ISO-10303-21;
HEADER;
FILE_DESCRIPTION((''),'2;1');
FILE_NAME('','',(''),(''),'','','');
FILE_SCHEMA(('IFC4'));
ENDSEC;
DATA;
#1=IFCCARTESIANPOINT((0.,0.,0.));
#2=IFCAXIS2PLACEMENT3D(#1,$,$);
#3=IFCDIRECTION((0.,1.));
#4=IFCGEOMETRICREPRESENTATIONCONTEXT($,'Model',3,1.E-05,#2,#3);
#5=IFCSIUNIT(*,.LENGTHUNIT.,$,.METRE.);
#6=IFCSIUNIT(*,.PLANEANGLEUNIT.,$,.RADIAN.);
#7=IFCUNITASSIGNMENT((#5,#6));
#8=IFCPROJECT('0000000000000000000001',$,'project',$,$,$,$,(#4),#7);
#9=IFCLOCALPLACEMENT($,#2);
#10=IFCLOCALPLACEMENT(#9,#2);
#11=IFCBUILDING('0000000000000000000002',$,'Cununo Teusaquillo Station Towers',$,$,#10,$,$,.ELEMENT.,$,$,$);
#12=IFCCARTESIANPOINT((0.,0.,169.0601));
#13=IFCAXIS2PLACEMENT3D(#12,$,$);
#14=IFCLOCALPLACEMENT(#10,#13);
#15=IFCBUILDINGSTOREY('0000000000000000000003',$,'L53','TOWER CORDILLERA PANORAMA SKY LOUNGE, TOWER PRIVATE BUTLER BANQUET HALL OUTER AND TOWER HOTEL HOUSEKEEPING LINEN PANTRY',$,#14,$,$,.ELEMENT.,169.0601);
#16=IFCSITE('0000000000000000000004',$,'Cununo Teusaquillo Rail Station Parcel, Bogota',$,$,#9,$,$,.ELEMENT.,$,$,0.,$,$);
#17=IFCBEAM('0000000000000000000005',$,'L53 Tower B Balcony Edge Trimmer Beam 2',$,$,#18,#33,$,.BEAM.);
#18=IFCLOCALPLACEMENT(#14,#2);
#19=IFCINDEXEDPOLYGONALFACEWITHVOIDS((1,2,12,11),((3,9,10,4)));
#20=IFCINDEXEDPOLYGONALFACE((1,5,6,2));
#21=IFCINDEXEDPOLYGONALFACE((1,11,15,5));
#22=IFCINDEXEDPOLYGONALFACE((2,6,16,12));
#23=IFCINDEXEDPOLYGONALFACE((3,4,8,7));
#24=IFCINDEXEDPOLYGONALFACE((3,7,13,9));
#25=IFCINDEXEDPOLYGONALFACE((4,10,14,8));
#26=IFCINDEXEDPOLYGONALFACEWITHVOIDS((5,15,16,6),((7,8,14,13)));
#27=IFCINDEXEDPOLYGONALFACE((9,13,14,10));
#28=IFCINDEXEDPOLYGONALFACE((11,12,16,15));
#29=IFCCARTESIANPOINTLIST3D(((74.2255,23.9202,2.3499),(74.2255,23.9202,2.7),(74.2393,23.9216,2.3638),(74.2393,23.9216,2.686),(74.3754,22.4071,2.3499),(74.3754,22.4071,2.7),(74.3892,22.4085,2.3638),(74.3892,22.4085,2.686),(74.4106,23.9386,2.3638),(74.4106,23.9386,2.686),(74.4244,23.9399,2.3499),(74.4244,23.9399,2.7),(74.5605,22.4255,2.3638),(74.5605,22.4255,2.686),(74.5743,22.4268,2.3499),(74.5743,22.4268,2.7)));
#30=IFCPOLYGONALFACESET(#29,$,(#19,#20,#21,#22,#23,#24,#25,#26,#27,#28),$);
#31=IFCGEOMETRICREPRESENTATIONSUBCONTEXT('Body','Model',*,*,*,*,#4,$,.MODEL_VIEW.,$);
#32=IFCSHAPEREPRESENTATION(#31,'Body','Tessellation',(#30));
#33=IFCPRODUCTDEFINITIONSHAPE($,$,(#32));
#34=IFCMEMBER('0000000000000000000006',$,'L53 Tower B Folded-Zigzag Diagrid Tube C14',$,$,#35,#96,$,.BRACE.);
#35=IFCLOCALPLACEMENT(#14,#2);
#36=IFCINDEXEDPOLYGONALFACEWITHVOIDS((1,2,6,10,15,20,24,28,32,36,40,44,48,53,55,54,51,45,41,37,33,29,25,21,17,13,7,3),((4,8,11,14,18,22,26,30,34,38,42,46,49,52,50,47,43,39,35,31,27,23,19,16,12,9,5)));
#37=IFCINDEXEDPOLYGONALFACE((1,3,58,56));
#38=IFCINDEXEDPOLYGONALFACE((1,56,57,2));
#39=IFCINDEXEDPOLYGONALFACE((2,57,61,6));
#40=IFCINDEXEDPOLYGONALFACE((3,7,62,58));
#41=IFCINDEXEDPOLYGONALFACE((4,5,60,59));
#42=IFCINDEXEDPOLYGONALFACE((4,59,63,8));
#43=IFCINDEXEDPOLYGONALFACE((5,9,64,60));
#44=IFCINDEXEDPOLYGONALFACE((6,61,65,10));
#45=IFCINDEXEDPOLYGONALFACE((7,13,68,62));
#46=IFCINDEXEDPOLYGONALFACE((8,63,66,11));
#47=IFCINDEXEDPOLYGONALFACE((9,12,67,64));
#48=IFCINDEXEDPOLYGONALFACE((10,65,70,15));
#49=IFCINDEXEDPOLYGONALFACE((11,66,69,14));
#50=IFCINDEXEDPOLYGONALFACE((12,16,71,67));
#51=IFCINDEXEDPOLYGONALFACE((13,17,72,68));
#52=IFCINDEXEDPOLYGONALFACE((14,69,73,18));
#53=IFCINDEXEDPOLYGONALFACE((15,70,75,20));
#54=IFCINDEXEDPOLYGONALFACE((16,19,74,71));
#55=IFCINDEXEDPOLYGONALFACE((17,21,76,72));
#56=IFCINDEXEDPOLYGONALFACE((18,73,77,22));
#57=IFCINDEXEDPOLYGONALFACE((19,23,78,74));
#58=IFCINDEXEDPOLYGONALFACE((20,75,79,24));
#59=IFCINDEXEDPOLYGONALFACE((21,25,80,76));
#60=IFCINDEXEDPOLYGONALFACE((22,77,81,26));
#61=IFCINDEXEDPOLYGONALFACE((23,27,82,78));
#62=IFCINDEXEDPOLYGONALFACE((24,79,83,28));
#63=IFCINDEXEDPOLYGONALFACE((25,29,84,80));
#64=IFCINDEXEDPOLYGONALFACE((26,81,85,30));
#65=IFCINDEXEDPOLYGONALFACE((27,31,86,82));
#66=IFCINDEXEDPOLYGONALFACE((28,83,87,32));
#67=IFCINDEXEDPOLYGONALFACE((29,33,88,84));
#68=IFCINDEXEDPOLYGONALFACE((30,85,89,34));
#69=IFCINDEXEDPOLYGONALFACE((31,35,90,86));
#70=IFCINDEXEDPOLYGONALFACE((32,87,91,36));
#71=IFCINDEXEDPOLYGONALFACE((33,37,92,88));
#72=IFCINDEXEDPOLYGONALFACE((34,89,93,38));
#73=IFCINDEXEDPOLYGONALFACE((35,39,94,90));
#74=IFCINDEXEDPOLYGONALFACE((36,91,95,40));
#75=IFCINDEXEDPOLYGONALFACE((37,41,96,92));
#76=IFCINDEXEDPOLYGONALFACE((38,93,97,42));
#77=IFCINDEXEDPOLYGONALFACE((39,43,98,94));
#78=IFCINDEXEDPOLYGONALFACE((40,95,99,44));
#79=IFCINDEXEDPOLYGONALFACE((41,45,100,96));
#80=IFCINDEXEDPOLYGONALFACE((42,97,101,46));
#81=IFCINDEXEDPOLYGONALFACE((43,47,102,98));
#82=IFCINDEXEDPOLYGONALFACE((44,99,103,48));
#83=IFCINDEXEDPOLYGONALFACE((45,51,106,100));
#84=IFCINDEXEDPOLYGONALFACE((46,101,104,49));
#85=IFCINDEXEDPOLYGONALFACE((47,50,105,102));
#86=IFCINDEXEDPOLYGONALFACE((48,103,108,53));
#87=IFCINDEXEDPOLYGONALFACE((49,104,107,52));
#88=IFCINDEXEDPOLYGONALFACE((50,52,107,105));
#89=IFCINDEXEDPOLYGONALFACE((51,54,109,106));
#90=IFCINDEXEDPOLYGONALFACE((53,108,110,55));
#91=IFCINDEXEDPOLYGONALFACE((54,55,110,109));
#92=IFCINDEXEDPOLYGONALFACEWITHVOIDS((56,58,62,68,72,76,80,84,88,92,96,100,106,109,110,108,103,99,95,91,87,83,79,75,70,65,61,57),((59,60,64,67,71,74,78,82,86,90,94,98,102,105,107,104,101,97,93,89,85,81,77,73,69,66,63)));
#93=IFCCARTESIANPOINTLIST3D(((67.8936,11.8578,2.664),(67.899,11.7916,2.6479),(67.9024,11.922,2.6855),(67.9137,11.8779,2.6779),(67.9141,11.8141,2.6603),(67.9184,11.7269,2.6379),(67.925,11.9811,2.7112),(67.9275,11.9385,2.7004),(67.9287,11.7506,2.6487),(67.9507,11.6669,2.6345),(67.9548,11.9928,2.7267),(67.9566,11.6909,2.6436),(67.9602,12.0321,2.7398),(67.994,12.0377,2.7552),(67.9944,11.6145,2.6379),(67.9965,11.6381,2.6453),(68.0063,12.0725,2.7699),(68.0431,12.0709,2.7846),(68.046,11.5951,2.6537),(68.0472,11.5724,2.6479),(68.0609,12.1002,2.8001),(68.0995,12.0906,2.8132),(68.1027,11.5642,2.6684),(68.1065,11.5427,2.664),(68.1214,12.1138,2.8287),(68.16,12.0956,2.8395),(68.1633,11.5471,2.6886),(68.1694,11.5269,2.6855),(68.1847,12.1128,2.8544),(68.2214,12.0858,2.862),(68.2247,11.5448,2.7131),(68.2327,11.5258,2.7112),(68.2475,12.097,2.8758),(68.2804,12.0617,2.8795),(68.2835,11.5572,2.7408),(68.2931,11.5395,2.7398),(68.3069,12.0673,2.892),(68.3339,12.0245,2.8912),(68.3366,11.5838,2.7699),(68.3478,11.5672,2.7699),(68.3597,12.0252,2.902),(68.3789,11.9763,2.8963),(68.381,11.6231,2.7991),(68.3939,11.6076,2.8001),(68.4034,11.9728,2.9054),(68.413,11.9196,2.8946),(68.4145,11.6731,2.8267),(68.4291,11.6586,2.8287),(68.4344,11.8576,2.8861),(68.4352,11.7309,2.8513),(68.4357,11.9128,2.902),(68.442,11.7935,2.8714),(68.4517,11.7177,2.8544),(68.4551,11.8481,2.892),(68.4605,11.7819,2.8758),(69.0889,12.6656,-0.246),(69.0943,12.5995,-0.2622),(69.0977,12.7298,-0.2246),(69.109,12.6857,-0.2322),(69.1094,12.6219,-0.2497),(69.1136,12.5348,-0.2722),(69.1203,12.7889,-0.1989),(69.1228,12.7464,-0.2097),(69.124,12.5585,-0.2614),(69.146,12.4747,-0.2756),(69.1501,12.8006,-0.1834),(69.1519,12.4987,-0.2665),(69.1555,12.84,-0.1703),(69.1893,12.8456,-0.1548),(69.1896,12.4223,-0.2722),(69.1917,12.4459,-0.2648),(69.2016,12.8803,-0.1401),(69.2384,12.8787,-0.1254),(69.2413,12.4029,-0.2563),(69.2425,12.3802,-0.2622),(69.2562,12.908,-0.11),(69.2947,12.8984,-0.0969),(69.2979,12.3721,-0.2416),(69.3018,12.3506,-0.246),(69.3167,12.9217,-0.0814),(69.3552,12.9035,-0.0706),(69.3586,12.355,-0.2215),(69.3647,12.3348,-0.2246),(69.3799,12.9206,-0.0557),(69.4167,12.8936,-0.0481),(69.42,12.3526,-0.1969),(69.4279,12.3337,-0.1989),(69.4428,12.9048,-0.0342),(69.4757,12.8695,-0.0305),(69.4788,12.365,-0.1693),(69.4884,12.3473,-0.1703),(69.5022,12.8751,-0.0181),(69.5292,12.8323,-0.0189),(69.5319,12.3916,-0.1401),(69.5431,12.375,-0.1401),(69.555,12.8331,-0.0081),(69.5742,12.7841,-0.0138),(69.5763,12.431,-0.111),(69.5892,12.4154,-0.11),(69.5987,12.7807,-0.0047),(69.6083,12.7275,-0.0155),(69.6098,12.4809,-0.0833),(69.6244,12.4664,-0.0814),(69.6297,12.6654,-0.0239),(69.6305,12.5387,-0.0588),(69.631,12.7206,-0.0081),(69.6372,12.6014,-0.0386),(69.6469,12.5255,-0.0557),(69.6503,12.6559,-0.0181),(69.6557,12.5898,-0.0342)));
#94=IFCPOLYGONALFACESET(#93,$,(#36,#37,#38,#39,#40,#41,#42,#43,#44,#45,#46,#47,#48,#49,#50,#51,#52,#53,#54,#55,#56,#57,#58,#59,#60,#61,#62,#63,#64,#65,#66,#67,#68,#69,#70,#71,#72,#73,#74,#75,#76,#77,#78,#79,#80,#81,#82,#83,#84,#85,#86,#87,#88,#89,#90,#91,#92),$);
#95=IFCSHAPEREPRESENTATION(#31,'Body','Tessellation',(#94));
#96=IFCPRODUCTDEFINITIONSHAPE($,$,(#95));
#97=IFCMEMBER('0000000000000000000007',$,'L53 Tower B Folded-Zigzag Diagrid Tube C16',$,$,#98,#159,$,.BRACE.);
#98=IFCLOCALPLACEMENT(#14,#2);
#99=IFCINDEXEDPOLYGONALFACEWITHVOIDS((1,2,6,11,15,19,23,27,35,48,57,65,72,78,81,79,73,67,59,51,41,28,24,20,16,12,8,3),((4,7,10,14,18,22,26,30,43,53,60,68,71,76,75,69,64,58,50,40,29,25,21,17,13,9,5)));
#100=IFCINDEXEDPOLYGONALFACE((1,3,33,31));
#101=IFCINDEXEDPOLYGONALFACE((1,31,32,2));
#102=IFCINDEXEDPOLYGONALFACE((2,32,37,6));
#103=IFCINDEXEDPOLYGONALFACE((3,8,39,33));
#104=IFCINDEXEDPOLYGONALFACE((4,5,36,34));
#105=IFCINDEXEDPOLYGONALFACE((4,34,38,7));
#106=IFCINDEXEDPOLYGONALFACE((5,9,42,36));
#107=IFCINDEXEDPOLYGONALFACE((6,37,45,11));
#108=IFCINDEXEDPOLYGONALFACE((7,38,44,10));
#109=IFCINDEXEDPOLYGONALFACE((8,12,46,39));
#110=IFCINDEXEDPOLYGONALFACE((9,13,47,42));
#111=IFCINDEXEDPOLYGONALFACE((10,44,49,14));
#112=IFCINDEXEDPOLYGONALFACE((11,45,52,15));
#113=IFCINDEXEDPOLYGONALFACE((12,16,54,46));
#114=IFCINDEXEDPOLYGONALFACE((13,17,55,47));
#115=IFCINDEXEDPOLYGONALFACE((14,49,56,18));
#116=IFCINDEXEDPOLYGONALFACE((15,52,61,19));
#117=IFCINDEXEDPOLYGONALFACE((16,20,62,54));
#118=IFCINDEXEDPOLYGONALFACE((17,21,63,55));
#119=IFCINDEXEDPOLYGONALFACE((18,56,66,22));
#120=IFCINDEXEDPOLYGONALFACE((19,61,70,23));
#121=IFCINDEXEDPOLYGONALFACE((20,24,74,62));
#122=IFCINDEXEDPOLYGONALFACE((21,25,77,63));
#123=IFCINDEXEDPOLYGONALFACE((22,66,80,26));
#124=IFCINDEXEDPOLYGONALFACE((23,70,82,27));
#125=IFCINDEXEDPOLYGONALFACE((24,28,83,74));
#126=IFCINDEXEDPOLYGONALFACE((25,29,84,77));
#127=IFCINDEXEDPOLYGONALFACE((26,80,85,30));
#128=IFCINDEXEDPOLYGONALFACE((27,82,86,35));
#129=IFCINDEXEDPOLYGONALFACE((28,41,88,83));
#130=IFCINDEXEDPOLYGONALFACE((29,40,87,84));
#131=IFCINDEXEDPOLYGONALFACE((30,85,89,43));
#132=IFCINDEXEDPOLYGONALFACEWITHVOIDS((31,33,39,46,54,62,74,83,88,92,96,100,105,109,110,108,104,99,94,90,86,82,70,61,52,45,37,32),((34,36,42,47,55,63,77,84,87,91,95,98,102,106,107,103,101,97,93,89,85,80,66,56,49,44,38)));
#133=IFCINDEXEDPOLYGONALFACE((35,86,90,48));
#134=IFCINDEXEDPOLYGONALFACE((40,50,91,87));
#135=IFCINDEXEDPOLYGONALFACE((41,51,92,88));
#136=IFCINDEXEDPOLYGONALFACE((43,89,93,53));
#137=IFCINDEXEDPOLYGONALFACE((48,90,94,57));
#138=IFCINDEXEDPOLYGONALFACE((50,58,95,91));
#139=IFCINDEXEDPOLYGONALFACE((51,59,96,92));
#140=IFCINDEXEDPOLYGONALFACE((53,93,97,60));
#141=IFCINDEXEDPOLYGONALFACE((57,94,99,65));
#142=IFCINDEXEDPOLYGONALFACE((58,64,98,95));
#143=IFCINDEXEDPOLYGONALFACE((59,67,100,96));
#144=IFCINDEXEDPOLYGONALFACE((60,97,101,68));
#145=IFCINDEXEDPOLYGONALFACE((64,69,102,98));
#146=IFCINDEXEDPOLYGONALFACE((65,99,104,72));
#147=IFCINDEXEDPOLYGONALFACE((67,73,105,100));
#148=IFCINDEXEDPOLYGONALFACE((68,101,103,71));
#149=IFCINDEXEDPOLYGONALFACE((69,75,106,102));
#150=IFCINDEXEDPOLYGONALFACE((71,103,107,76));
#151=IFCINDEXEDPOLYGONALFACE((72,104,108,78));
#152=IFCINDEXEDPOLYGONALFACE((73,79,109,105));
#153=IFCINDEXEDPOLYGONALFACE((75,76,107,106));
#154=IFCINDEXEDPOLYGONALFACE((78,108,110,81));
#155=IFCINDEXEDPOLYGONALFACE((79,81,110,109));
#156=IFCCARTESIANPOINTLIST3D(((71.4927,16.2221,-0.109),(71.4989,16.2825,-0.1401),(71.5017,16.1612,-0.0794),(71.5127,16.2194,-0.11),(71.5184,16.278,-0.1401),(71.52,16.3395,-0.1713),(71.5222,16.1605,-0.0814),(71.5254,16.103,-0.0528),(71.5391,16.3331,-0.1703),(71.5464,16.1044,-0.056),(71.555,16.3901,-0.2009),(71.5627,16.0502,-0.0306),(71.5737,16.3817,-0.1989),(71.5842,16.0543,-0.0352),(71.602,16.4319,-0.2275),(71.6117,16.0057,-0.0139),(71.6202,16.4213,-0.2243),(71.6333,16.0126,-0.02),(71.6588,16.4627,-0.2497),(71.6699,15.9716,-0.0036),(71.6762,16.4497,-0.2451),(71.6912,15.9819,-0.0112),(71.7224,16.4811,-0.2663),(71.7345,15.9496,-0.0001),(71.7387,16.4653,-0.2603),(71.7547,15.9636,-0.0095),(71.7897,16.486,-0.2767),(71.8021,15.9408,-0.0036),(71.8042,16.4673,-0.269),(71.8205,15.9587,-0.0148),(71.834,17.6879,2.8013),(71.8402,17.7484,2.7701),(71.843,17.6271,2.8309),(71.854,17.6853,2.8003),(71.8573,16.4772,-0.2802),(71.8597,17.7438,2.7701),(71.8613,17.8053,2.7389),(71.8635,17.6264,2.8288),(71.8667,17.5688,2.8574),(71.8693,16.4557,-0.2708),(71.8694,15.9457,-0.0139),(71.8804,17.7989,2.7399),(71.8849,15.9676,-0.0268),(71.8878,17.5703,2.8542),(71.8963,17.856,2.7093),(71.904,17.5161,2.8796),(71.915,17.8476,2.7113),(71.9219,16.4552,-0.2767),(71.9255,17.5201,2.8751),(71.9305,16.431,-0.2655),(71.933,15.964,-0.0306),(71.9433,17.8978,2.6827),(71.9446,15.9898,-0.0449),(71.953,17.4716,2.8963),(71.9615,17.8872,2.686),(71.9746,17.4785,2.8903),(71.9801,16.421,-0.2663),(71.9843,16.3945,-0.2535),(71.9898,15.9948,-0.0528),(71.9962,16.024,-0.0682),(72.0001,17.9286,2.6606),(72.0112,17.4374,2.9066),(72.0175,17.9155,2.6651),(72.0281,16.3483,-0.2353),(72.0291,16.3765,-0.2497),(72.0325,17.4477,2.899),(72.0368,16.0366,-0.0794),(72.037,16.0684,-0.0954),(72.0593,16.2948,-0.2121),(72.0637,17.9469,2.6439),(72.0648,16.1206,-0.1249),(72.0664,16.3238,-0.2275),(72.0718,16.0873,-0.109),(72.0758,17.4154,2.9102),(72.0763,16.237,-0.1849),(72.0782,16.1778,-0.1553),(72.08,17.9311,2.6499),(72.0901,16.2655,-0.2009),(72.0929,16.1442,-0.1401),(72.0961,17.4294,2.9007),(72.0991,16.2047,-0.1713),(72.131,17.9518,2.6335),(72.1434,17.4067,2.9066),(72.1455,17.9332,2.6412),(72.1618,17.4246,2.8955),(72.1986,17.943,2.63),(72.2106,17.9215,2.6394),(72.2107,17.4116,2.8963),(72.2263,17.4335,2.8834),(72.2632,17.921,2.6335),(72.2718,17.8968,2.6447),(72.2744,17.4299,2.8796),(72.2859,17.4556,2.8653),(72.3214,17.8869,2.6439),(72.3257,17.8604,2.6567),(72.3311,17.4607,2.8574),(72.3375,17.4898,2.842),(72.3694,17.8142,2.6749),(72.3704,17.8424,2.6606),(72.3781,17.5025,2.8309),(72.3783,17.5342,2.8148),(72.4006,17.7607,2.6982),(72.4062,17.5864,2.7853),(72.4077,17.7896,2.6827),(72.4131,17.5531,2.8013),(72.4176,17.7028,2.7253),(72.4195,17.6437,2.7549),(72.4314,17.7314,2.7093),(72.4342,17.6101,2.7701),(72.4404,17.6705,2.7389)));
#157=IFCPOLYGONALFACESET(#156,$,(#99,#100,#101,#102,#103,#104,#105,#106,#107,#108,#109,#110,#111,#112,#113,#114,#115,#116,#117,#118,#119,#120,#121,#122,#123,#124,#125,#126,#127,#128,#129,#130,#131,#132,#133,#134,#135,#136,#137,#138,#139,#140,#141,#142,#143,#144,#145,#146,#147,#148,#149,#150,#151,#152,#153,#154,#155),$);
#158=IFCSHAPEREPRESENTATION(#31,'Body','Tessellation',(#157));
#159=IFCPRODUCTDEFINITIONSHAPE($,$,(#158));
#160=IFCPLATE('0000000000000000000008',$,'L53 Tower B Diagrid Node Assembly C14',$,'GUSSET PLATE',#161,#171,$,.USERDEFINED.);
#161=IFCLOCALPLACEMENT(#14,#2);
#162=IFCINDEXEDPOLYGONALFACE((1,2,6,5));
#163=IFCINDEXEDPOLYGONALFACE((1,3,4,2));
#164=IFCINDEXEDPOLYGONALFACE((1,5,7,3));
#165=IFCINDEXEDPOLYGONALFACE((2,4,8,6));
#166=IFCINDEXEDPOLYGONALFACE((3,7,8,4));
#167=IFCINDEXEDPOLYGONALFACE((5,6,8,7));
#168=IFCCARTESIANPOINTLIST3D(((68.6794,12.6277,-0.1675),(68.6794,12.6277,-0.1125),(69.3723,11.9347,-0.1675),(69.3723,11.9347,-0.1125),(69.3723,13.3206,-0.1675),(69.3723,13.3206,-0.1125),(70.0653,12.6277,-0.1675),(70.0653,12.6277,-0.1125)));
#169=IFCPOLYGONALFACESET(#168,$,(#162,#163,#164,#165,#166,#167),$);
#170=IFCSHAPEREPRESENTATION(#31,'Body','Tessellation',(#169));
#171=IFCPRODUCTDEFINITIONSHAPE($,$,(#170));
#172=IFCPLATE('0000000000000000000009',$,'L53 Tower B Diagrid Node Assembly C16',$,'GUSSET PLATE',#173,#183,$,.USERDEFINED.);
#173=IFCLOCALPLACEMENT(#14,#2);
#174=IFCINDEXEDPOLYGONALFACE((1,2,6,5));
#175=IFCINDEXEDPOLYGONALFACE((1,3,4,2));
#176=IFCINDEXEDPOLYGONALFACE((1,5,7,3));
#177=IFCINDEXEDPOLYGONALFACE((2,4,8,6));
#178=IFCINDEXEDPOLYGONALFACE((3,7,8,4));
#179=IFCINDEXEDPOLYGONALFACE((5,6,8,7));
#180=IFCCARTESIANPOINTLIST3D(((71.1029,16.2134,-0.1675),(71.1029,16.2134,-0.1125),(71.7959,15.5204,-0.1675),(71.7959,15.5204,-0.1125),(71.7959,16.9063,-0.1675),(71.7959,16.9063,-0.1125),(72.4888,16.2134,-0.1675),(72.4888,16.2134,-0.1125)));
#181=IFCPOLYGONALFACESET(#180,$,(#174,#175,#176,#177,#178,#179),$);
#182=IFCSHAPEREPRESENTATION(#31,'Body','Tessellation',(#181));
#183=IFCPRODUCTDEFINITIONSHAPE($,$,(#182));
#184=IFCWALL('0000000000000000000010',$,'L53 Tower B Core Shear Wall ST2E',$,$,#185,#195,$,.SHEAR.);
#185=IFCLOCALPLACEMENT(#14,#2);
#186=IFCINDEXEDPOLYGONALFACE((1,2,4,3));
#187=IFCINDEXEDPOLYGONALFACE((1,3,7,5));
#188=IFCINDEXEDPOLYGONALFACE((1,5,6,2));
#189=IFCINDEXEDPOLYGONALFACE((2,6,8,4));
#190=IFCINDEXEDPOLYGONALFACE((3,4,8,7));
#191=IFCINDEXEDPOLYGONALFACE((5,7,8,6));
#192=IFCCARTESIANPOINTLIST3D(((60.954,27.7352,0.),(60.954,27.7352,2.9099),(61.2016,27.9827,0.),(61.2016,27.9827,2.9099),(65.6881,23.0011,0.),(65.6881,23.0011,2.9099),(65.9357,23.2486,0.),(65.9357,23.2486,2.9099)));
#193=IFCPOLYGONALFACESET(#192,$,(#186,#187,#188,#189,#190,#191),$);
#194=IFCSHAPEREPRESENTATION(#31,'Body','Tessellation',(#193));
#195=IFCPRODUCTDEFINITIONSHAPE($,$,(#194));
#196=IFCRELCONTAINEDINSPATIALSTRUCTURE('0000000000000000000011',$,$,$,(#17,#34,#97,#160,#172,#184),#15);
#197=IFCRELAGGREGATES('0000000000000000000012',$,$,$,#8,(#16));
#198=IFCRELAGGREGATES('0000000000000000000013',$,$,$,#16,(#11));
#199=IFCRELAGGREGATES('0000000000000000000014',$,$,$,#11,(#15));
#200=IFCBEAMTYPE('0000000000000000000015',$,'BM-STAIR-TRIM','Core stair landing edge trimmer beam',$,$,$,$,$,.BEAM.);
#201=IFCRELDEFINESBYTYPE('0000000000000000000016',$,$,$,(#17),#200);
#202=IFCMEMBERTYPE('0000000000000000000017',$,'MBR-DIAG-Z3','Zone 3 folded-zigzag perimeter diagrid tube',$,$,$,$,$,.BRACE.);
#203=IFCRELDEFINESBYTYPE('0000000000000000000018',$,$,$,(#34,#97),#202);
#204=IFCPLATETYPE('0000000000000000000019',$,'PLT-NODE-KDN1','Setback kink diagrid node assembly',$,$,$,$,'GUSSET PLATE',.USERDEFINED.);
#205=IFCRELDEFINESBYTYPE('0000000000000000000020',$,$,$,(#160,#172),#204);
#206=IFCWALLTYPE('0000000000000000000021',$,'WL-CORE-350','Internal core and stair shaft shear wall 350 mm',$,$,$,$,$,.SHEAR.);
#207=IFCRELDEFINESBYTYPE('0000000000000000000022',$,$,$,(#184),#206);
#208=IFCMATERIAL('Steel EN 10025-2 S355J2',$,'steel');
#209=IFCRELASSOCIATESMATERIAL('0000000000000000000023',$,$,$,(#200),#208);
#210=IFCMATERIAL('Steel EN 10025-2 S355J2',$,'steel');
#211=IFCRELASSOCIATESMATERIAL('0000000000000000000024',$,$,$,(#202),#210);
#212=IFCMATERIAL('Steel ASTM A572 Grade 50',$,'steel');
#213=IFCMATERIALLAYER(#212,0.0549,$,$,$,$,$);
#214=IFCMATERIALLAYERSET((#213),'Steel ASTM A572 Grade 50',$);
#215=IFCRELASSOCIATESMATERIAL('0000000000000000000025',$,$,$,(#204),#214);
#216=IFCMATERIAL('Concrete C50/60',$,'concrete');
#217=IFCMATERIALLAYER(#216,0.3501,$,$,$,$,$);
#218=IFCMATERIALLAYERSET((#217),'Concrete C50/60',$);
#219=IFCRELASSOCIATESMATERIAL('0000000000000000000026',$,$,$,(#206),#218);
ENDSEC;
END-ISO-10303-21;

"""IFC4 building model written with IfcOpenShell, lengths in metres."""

from ifc_helpers import new_model, si_unit, direction, frame, frame_2d, origin, origin_2d, place, context, subcontext, project, spatial, rectangle, hollow_rectangle, hollow_circle, extrude, source, transform, mapped, material, layer, layer_set, material_profile, profile_set, type_object, element, save


model = new_model("IFC4")

# Units and contexts
model_context = context("Model", 3, precision=1e-05, world=origin(), true_north=direction((0.0, 1.0)))
body_context = subcontext(model_context, "Body", "Model", "MODEL_VIEW")
ifc_project = project(units=[si_unit("LENGTHUNIT", "METRE"), si_unit("PLANEANGLEUNIT", "RADIAN")], contexts=[model_context])

# Site, building, storey
site_placement = place(None, origin())
site = spatial("IfcSite", under=ifc_project, at=site_placement, Name="Cununo Teusaquillo Rail Station Parcel, Bogota", CompositionType="ELEMENT", RefElevation=0.0)
building_placement = place(site_placement, origin())
building = spatial("IfcBuilding", under=site, at=building_placement, Name="Cununo Teusaquillo Station Towers", CompositionType="ELEMENT")
storey_placement = place(building_placement, frame((0.0, 0.0, 169.0601)))
storey = spatial("IfcBuildingStorey", under=building, at=storey_placement, Name="L53", Description="TOWER CORDILLERA PANORAMA SKY LOUNGE, TOWER PRIVATE BUTLER BANQUET HALL OUTER AND TOWER HOTEL HOUSEKEEPING LINEN PANTRY", CompositionType="ELEMENT", Elevation=169.0601)

# Beam
ifc_material_1 = material(Name="Steel EN 10025-2 S355J2", Category="steel")
ifc_material_profile_1 = material_profile(ifc_material_1, hollow_rectangle(XDim=0.2, YDim=0.3501, WallThickness=0.0139, at=origin_2d()), Name="RHS 350x200x14")
ifc_profile_set_1 = profile_set([ifc_material_profile_1], Name="Steel EN 10025-2 S355J2")
beam_type_1 = type_object("IfcBeamType", Name="BM-STAIR-TRIM", Description="Core stair landing edge trimmer beam", PredefinedType="BEAM", material=ifc_profile_set_1)
beam_1_placement = place(storey_placement, frame((74.4749, 22.417, 2.5249), z_axis=(-0.098582, 0.995129, 0.0), x_axis=(-0.995129, -0.098582, 0.0)))
element("IfcBeam", 1, at=beam_1_placement, inside=storey, type_object=beam_type_1, Name="L53 Tower B Balcony Edge Trimmer Beam 2", PredefinedType="BEAM", context=body_context, shape_type="SweptSolid", body=[
    extrude(hollow_rectangle(XDim=0.2, YDim=0.3501, WallThickness=0.0139, at=origin_2d()), origin(), (0.0, 0.0, 1.0), 1.5205),
])

# Members
ifc_material_2 = material(Name="Steel EN 10025-2 S355J2", Category="steel")
ifc_material_profile_2 = material_profile(ifc_material_2, hollow_circle(Radius=0.3049, WallThickness=0.02, at=origin_2d()), Name="CHS 610x20")
ifc_profile_set_2 = profile_set([ifc_material_profile_2], Name="Steel EN 10025-2 S355J2")
member_type = type_object("IfcMemberType", Name="MBR-DIAG-Z3", Description="Zone 3 folded-zigzag perimeter diagrid tube", PredefinedType="BRACE", material=ifc_profile_set_2)
member_1_placement = place(storey_placement, frame((69.3723, 12.6277, -0.1401), z_axis=(-0.367999, -0.248715, 0.895945), x_axis=(0.559961, -0.828519, 0.0)))
element("IfcMember", 2, at=member_1_placement, inside=storey, type_object=member_type, Name="L53 Tower B Folded-Zigzag Diagrid Tube C14", PredefinedType="BRACE", context=body_context, shape_type="SweptSolid", body=[
    extrude(hollow_circle(Radius=0.3049, WallThickness=0.02, at=origin_2d()), origin(), (0.0, 0.0, 1.0), 3.248),
])
member_2_placement = place(storey_placement, frame((71.7959, 16.2134, -0.1401), z_axis=(0.104175, 0.447401, 0.888245), x_axis=(-0.973946, 0.226778, 0.0)))
element("IfcMember", 3, at=member_2_placement, inside=storey, type_object=member_type, Name="L53 Tower B Folded-Zigzag Diagrid Tube C16", PredefinedType="BRACE", context=body_context, shape_type="SweptSolid", body=[
    extrude(hollow_circle(Radius=0.3049, WallThickness=0.02, at=origin_2d()), origin(), (0.0, 0.0, 1.0), 3.2764),
])

# Plates
ifc_material_3 = material(Name="Steel ASTM A572 Grade 50", Category="steel")
ifc_layer_1 = layer(ifc_material_3, 0.0549)
ifc_layer_set_1 = layer_set([ifc_layer_1], Name="Steel ASTM A572 Grade 50")
plate_type = type_object("IfcPlateType", Name="PLT-NODE-KDN1", Description="Setback kink diagrid node assembly", ElementType="GUSSET PLATE", PredefinedType="USERDEFINED", material=ifc_layer_set_1)
shared_shape_1 = source(origin(), body_context, "Body", "SweptSolid", [
    extrude(rectangle(XDim=0.98, YDim=0.98, at=origin_2d()), origin(), (0.0, 0.0, 1.0), 0.0549),
])
for number, where, z_axis, x_axis, name in (
    (4, (69.3723, 12.6277, -0.1675), (0.0, 0.0, 1.0), (0.707107, 0.707107, 0.0), "L53 Tower B Diagrid Node Assembly C14"),
    (5, (71.7959, 16.2134, -0.1675), (0.0, 0.0, 1.0), (0.707107, 0.707107, 0.0), "L53 Tower B Diagrid Node Assembly C16"),
):
    element("IfcPlate", number, at=place(storey_placement, frame(where, z_axis=z_axis, x_axis=x_axis)), inside=storey, type_object=plate_type, Name=name, ObjectType="GUSSET PLATE", PredefinedType="USERDEFINED", context=body_context, shape_type="MappedRepresentation", body=[
        mapped(shared_shape_1, transform((0.0, 0.0, 0.0), x_axis=(1.0, 0.0, 0.0), y_axis=(0.0, 1.0, 0.0), z_axis=(0.0, 0.0, 1.0), scale=1.0)),
    ])

# Wall
ifc_material_4 = material(Name="Concrete C50/60", Category="concrete")
ifc_layer_2 = layer(ifc_material_4, 0.3501)
ifc_layer_set_2 = layer_set([ifc_layer_2], Name="Concrete C50/60")
wall_type_1 = type_object("IfcWallType", Name="WL-CORE-350", Description="Internal core and stair shaft shear wall 350 mm", PredefinedType="SHEAR", material=ifc_layer_set_2)
wall_1_placement = place(storey_placement, frame((65.812, 23.1248, 0.0), z_axis=(0.0, 0.0, 1.0), x_axis=(-0.707107, 0.707107, 0.0)))
element("IfcWall", 6, at=wall_1_placement, inside=storey, type_object=wall_type_1, Name="L53 Tower B Core Shear Wall ST2E", PredefinedType="SHEAR", context=body_context, shape_type="SweptSolid", body=[
    extrude(rectangle(XDim=6.6951, YDim=0.3501, at=frame_2d((3.3477, 0.0))), origin(), (0.0, 0.0, 1.0), 2.9099),
])

save(model, "model.ifc")
